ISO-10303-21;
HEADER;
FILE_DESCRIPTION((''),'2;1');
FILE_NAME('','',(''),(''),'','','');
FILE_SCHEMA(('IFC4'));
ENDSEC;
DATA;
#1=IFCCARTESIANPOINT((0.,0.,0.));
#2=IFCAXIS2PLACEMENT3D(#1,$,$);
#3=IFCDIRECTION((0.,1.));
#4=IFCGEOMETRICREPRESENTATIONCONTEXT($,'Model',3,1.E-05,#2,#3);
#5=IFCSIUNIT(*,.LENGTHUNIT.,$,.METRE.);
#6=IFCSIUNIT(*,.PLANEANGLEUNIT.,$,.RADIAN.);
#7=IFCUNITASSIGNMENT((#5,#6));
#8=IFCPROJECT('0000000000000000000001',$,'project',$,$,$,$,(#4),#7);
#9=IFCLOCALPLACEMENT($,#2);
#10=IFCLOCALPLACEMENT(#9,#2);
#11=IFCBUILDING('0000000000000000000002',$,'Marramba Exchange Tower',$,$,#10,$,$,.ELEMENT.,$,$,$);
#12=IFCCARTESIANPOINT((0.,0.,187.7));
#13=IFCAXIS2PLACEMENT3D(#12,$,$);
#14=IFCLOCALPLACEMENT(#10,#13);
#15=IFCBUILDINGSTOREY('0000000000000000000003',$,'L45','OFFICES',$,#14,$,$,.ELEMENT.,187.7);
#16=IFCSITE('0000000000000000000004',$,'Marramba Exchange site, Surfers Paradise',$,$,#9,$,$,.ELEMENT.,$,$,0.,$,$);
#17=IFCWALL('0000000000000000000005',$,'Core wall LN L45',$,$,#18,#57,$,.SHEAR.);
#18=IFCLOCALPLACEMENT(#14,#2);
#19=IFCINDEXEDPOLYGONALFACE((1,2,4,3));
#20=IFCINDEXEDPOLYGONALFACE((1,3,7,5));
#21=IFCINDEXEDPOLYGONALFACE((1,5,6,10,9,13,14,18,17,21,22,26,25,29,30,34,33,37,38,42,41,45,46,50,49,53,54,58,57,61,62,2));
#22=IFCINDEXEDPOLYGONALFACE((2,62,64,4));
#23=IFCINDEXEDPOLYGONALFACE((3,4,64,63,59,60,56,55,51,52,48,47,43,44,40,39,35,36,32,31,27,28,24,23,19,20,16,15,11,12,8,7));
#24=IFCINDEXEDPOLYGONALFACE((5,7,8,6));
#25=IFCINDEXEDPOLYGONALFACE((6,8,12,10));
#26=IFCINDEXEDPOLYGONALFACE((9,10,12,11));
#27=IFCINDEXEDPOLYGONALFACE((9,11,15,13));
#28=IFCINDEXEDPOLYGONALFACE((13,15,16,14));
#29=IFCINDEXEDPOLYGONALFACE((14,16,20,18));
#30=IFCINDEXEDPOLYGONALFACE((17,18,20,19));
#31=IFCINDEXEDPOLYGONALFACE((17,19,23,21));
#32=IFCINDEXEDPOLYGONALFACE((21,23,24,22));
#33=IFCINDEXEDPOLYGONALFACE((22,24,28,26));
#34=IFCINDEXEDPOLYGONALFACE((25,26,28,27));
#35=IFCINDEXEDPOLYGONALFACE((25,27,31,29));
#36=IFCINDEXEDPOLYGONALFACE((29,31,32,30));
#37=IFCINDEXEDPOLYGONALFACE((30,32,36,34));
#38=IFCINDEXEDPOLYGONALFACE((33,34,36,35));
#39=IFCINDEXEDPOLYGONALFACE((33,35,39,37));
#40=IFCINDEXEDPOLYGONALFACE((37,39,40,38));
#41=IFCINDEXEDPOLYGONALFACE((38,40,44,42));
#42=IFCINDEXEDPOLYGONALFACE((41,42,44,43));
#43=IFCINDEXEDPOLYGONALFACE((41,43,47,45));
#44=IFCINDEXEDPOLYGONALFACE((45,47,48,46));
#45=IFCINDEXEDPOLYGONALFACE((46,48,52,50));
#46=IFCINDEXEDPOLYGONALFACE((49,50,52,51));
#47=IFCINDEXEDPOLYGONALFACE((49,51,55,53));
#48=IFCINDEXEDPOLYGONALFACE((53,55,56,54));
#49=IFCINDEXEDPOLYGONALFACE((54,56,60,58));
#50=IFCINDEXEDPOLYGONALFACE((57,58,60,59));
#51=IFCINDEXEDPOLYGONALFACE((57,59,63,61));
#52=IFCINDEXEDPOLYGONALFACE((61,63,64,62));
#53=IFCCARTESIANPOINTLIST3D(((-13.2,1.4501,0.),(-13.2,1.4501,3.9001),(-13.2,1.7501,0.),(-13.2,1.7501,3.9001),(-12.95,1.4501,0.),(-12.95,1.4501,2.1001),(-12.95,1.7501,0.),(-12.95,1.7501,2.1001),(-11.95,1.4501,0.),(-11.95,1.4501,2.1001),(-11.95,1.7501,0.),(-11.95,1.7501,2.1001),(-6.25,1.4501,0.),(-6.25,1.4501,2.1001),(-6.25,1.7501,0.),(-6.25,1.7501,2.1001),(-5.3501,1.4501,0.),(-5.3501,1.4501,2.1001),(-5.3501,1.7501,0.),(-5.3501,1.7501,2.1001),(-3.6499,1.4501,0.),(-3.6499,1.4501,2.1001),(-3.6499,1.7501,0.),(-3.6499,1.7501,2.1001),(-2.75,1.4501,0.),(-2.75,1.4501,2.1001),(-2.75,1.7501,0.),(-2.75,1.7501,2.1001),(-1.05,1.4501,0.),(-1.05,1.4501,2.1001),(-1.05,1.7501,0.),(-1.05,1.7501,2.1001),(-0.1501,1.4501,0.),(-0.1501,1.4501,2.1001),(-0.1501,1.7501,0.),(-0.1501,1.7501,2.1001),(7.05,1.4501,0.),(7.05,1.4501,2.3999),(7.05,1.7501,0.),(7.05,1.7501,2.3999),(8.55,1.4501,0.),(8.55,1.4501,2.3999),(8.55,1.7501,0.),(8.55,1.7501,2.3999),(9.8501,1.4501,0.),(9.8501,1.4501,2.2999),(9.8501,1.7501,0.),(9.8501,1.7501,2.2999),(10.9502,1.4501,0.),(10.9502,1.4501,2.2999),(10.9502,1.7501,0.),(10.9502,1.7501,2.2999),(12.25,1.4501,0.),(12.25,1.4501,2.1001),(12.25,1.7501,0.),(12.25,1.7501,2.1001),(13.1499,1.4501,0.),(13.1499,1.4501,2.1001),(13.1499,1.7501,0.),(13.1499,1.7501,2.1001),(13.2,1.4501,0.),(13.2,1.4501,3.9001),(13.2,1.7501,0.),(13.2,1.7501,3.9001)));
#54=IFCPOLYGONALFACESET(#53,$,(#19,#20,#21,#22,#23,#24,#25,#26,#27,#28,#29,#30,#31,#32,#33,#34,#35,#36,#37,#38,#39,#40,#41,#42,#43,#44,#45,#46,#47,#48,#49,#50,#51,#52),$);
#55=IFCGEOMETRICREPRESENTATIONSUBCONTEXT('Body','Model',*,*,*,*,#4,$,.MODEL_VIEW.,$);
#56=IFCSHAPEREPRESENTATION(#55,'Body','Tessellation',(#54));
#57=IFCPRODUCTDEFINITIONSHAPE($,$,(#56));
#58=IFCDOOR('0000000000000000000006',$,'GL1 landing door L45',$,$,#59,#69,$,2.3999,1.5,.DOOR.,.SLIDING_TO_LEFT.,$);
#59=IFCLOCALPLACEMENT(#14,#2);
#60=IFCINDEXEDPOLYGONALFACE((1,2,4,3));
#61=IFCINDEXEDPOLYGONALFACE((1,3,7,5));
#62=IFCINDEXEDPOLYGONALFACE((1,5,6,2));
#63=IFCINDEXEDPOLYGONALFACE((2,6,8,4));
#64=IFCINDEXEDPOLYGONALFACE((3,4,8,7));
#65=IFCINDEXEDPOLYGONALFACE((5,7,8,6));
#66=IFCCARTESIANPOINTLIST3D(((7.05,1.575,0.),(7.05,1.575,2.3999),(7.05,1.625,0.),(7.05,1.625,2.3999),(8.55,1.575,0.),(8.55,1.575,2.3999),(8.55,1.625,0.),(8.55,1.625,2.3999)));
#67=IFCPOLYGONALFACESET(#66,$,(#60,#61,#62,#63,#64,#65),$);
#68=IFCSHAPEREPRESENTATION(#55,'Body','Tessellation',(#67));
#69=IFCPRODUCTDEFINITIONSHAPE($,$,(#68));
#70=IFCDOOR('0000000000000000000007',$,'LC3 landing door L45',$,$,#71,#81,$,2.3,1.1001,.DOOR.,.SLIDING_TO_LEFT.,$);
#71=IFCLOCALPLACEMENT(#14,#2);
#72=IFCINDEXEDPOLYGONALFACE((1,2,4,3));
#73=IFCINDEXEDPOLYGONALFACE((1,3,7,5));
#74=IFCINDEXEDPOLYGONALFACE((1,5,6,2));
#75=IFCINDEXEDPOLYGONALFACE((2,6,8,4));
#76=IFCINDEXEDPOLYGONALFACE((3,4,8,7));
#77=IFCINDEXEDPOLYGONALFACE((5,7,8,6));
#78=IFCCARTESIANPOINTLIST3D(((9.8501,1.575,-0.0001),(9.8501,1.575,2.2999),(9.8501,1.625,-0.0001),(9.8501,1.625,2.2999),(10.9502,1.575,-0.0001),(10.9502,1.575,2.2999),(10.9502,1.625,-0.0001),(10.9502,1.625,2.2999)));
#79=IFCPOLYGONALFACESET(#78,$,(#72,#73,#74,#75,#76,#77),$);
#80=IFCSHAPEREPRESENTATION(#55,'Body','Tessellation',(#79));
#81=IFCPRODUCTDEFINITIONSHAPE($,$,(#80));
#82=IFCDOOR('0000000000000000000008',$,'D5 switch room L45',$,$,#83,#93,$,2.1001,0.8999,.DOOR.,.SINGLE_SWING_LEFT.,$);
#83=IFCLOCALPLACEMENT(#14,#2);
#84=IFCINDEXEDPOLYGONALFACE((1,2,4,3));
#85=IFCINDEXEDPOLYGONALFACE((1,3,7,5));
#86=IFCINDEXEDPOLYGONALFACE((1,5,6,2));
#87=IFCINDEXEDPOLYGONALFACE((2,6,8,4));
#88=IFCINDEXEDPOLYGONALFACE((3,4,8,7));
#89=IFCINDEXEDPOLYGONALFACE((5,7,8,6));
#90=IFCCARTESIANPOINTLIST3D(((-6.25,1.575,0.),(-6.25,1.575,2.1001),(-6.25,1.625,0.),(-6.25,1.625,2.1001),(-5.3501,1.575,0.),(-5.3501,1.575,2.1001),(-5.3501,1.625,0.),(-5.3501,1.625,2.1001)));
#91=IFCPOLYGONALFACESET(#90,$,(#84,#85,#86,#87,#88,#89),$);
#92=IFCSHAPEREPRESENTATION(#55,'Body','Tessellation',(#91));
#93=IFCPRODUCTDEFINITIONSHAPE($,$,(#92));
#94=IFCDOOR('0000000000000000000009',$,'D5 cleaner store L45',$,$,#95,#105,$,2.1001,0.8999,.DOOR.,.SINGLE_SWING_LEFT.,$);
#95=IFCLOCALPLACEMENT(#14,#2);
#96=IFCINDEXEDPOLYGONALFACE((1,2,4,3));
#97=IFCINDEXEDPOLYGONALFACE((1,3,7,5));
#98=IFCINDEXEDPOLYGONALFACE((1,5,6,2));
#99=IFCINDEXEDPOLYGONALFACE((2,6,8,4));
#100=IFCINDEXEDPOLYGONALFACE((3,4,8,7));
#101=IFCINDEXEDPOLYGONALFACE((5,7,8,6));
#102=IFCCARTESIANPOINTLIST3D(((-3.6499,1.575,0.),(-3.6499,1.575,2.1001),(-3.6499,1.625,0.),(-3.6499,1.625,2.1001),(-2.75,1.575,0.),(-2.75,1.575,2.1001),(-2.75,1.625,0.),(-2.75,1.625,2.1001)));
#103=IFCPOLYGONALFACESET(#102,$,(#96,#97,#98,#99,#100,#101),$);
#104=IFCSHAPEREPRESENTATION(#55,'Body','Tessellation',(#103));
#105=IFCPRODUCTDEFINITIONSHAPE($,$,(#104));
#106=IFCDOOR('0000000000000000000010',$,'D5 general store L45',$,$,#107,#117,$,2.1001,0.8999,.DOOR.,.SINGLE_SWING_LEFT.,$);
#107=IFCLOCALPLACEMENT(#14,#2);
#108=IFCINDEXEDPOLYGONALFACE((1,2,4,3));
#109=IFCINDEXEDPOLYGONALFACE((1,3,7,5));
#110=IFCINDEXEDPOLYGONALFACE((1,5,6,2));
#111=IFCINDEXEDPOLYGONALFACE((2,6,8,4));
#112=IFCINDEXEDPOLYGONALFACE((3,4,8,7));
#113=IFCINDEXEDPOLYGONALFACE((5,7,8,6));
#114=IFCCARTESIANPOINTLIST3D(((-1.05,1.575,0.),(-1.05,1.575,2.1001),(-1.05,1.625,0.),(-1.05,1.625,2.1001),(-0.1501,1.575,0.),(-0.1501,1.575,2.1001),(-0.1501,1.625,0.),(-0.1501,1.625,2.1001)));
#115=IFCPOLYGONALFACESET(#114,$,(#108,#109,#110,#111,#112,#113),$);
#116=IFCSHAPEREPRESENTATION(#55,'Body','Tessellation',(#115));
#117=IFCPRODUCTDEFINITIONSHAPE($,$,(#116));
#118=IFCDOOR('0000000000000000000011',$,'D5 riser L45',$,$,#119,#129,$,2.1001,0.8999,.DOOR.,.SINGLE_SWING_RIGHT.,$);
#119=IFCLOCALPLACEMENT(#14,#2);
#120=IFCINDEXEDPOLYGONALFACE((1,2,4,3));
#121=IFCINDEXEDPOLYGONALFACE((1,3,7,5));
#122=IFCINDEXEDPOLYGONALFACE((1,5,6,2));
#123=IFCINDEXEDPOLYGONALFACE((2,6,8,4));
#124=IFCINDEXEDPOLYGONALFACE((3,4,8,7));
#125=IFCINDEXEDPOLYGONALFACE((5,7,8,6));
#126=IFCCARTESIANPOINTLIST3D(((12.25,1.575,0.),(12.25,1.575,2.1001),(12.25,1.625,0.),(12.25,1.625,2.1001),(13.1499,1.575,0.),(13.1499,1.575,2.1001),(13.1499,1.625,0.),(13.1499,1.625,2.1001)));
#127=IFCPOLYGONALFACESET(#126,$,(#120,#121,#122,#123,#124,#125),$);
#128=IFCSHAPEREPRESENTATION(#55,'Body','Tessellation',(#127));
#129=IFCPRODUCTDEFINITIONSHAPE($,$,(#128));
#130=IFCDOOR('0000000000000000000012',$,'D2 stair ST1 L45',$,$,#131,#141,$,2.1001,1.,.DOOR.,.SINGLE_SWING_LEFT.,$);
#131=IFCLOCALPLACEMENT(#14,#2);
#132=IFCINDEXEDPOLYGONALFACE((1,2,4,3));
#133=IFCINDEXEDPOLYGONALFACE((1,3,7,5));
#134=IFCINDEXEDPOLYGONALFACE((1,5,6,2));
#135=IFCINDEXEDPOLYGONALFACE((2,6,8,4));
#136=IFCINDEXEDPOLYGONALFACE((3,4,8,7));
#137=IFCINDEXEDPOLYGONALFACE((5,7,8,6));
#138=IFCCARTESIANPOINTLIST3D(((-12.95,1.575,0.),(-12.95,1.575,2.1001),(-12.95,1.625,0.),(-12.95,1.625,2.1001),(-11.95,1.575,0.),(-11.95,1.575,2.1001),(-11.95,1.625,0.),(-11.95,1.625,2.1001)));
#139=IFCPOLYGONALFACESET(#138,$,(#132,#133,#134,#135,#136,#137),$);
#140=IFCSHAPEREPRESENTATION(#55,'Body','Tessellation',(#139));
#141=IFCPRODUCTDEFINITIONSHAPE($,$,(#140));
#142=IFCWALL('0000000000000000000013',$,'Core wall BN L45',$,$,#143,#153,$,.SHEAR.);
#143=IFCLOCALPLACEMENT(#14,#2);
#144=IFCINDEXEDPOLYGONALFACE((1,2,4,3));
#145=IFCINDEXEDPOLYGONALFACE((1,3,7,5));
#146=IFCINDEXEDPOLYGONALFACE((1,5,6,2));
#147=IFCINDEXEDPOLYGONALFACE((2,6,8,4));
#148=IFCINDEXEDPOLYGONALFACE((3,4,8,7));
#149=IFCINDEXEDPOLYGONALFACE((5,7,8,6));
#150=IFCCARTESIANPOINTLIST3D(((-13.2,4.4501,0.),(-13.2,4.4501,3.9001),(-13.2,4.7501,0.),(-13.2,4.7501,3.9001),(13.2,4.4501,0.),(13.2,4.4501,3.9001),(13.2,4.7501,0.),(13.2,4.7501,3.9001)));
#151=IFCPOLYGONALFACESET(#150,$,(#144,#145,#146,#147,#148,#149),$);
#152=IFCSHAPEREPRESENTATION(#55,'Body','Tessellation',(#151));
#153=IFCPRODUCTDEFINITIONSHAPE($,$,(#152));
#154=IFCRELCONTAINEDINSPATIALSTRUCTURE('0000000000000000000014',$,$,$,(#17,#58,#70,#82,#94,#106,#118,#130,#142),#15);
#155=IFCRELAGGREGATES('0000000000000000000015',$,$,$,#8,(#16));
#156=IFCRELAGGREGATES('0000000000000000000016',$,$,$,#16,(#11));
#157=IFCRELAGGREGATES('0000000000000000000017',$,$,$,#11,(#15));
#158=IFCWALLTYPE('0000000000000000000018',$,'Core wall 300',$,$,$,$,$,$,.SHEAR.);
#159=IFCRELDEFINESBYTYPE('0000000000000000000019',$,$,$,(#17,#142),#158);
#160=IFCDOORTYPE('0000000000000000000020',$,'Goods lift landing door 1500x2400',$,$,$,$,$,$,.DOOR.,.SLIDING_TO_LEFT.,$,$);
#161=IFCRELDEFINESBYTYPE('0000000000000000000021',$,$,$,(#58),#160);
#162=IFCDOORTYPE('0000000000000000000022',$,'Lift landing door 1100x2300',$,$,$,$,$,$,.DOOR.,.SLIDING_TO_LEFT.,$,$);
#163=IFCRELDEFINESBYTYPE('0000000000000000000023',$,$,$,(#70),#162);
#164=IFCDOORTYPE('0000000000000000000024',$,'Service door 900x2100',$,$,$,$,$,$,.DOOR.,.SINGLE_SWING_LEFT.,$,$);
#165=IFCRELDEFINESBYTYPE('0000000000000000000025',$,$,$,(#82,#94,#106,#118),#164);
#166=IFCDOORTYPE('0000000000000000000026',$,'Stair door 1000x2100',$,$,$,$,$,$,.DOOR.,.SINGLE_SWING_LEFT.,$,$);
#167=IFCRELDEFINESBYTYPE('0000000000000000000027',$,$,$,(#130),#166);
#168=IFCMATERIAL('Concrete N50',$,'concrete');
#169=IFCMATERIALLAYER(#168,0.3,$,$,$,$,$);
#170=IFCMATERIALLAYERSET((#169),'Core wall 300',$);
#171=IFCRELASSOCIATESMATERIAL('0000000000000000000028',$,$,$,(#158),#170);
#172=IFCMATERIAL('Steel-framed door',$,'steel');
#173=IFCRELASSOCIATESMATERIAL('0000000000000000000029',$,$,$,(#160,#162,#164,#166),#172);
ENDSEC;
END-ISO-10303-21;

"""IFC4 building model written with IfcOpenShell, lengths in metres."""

from ifc_helpers import new_model, si_unit, direction, frame, frame_2d, origin, place, context, subcontext, project, spatial, rectangle, extrude, material, layer, layer_set, type_object, element, fill, save


model = new_model("IFC4")

# Units and contexts
model_context = context("Model", 3, precision=1e-05, world=origin(), true_north=direction((0.0, 1.0)))
body_context = subcontext(model_context, "Body", "Model", "MODEL_VIEW")
ifc_project = project(units=[si_unit("LENGTHUNIT", "METRE"), si_unit("PLANEANGLEUNIT", "RADIAN")], contexts=[model_context])

# Site, building, storey
site_placement = place(None, origin())
site = spatial("IfcSite", under=ifc_project, at=site_placement, Name="Marramba Exchange site, Surfers Paradise", CompositionType="ELEMENT", RefElevation=0.0)
building_placement = place(site_placement, origin())
building = spatial("IfcBuilding", under=site, at=building_placement, Name="Marramba Exchange Tower", CompositionType="ELEMENT")
storey_placement = place(building_placement, frame((0.0, 0.0, 187.7)))
storey = spatial("IfcBuildingStorey", under=building, at=storey_placement, Name="L45", Description="OFFICES", CompositionType="ELEMENT", Elevation=187.7)

# Shared definitions
ifc_material_1 = material(Name="Concrete N50", Category="concrete")

# Shared definitions
ifc_material_2 = material(Name="Steel-framed door", Category="steel")

# Wall, openings, doors
ifc_layer_1 = layer(ifc_material_1, 0.3)
ifc_layer_set_1 = layer_set([ifc_layer_1], Name="Core wall 300")
wall_type_1 = type_object("IfcWallType", Name="Core wall 300", PredefinedType="SHEAR", material=ifc_layer_set_1)
wall_1_placement = place(storey_placement, frame((-13.2, 1.6001, 0.0), z_axis=(0.0, 0.0, 1.0), x_axis=(1.0, 0.0, 0.0)))
wall_1 = element("IfcWall", 1, at=wall_1_placement, inside=storey, type_object=wall_type_1, Name="Core wall LN L45", PredefinedType="SHEAR", context=body_context, shape_type="SweptSolid", body=[
    extrude(rectangle(XDim=26.3999, YDim=0.3, at=frame_2d((13.2, 0.0))), origin(), (0.0, 0.0, 1.0), 3.9001),
])
opening_1_placement = place(wall_1_placement, frame((0.25, 0.0, 0.0)))
opening_1 = element("IfcOpeningElement", 2, at=opening_1_placement, cuts=wall_1, PredefinedType="OPENING", context=body_context, shape_type="SweptSolid", body=[
    extrude(rectangle(XDim=1.0, YDim=2.1001, at=frame_2d((0.5, 1.05))), frame((0.0, 0.1599, 0.0), z_axis=(0.0, -1.0, 0.0), x_axis=(1.0, 0.0, 0.0)), (0.0, 0.0, 1.0), 0.3201),
])
opening_2_placement = place(wall_1_placement, frame((23.05, 0.0, 0.0)))
opening_2 = element("IfcOpeningElement", 3, at=opening_2_placement, cuts=wall_1, PredefinedType="OPENING", context=body_context, shape_type="SweptSolid", body=[
    extrude(rectangle(XDim=1.1001, YDim=2.3, at=frame_2d((0.55, 1.1499))), frame((0.0, 0.1599, 0.0), z_axis=(0.0, -1.0, 0.0), x_axis=(1.0, 0.0, 0.0)), (0.0, 0.0, 1.0), 0.3201),
])
opening_3_placement = place(wall_1_placement, frame((20.25, 0.0, 0.0)))
opening_3 = element("IfcOpeningElement", 4, at=opening_3_placement, cuts=wall_1, PredefinedType="OPENING", context=body_context, shape_type="SweptSolid", body=[
    extrude(rectangle(XDim=1.5, YDim=2.3999, at=frame_2d((0.75, 1.2))), frame((0.0, 0.1599, 0.0), z_axis=(0.0, -1.0, 0.0), x_axis=(1.0, 0.0, 0.0)), (0.0, 0.0, 1.0), 0.3201),
])
opening_4_placement = place(wall_1_placement, frame((6.95, 0.0, 0.0)))
opening_4 = element("IfcOpeningElement", 5, at=opening_4_placement, cuts=wall_1, PredefinedType="OPENING", context=body_context, shape_type="SweptSolid", body=[
    extrude(rectangle(XDim=0.8999, YDim=2.1001, at=frame_2d((0.45, 1.05))), frame((0.0, 0.1599, 0.0), z_axis=(0.0, -1.0, 0.0), x_axis=(1.0, 0.0, 0.0)), (0.0, 0.0, 1.0), 0.3201),
])
opening_5_placement = place(wall_1_placement, frame((9.55, 0.0, 0.0)))
opening_5 = element("IfcOpeningElement", 6, at=opening_5_placement, cuts=wall_1, PredefinedType="OPENING", context=body_context, shape_type="SweptSolid", body=[
    extrude(rectangle(XDim=0.8999, YDim=2.1001, at=frame_2d((0.45, 1.05))), frame((0.0, 0.1599, 0.0), z_axis=(0.0, -1.0, 0.0), x_axis=(1.0, 0.0, 0.0)), (0.0, 0.0, 1.0), 0.3201),
])
opening_6_placement = place(wall_1_placement, frame((12.1499, 0.0, 0.0)))
opening_6 = element("IfcOpeningElement", 7, at=opening_6_placement, cuts=wall_1, PredefinedType="OPENING", context=body_context, shape_type="SweptSolid", body=[
    extrude(rectangle(XDim=0.8999, YDim=2.1001, at=frame_2d((0.45, 1.05))), frame((0.0, 0.1599, 0.0), z_axis=(0.0, -1.0, 0.0), x_axis=(1.0, 0.0, 0.0)), (0.0, 0.0, 1.0), 0.3201),
])
opening_7_placement = place(wall_1_placement, frame((25.45, 0.0, 0.0)))
opening_7 = element("IfcOpeningElement", 8, at=opening_7_placement, cuts=wall_1, PredefinedType="OPENING", context=body_context, shape_type="SweptSolid", body=[
    extrude(rectangle(XDim=0.8999, YDim=2.1001, at=frame_2d((0.45, 1.05))), frame((0.0, 0.1599, 0.0), z_axis=(0.0, -1.0, 0.0), x_axis=(1.0, 0.0, 0.0)), (0.0, 0.0, 1.0), 0.3201),
])
door_type_1 = type_object("IfcDoorType", Name="Goods lift landing door 1500x2400", OperationType="SLIDING_TO_LEFT", PredefinedType="DOOR", material=ifc_material_2)
door_1_placement = place(opening_3_placement, origin())
door_1 = element("IfcDoor", 9, at=door_1_placement, inside=storey, type_object=door_type_1, Name="GL1 landing door L45", OperationType="SLIDING_TO_LEFT", OverallHeight=2.3999, OverallWidth=1.5, PredefinedType="DOOR", context=body_context, shape_type="SweptSolid", body=[
    extrude(rectangle(XDim=1.5, YDim=2.3999, at=frame_2d((0.75, 1.2))), frame((0.0, 0.0249, 0.0), z_axis=(0.0, -1.0, 0.0), x_axis=(1.0, 0.0, 0.0)), (0.0, 0.0, 1.0), 0.05),
])
fill(opening_3, door_1)
door_type_2 = type_object("IfcDoorType", Name="Lift landing door 1100x2300", OperationType="SLIDING_TO_LEFT", PredefinedType="DOOR", material=ifc_material_2)
door_2_placement = place(opening_2_placement, origin())
door_2 = element("IfcDoor", 10, at=door_2_placement, inside=storey, type_object=door_type_2, Name="LC3 landing door L45", OperationType="SLIDING_TO_LEFT", OverallHeight=2.3, OverallWidth=1.1001, PredefinedType="DOOR", context=body_context, shape_type="SweptSolid", body=[
    extrude(rectangle(XDim=1.1001, YDim=2.3, at=frame_2d((0.55, 1.1499))), frame((0.0, 0.0249, 0.0), z_axis=(0.0, -1.0, 0.0), x_axis=(1.0, 0.0, 0.0)), (0.0, 0.0, 1.0), 0.05),
])
fill(opening_2, door_2)
door_type_3 = type_object("IfcDoorType", Name="Service door 900x2100", OperationType="SINGLE_SWING_LEFT", PredefinedType="DOOR", material=ifc_material_2)
door_3_placement = place(opening_4_placement, origin())
door_3 = element("IfcDoor", 11, at=door_3_placement, inside=storey, type_object=door_type_3, Name="D5 switch room L45", OperationType="SINGLE_SWING_LEFT", OverallHeight=2.1001, OverallWidth=0.8999, PredefinedType="DOOR", context=body_context, shape_type="SweptSolid", body=[
    extrude(rectangle(XDim=0.8999, YDim=2.1001, at=frame_2d((0.45, 1.05))), frame((0.0, 0.0249, 0.0), z_axis=(0.0, -1.0, 0.0), x_axis=(1.0, 0.0, 0.0)), (0.0, 0.0, 1.0), 0.05),
])
fill(opening_4, door_3)
door_4_placement = place(opening_5_placement, origin())
door_4 = element("IfcDoor", 12, at=door_4_placement, inside=storey, type_object=door_type_3, Name="D5 cleaner store L45", OperationType="SINGLE_SWING_LEFT", OverallHeight=2.1001, OverallWidth=0.8999, PredefinedType="DOOR", context=body_context, shape_type="SweptSolid", body=[
    extrude(rectangle(XDim=0.8999, YDim=2.1001, at=frame_2d((0.45, 1.05))), frame((0.0, 0.0249, 0.0), z_axis=(0.0, -1.0, 0.0), x_axis=(1.0, 0.0, 0.0)), (0.0, 0.0, 1.0), 0.05),
])
fill(opening_5, door_4)
door_5_placement = place(opening_6_placement, origin())
door_5 = element("IfcDoor", 13, at=door_5_placement, inside=storey, type_object=door_type_3, Name="D5 general store L45", OperationType="SINGLE_SWING_LEFT", OverallHeight=2.1001, OverallWidth=0.8999, PredefinedType="DOOR", context=body_context, shape_type="SweptSolid", body=[
    extrude(rectangle(XDim=0.8999, YDim=2.1001, at=frame_2d((0.45, 1.05))), frame((0.0, 0.0249, 0.0), z_axis=(0.0, -1.0, 0.0), x_axis=(1.0, 0.0, 0.0)), (0.0, 0.0, 1.0), 0.05),
])
fill(opening_6, door_5)
door_6_placement = place(opening_7_placement, origin())
door_6 = element("IfcDoor", 14, at=door_6_placement, inside=storey, type_object=door_type_3, Name="D5 riser L45", OperationType="SINGLE_SWING_RIGHT", OverallHeight=2.1001, OverallWidth=0.8999, PredefinedType="DOOR", context=body_context, shape_type="SweptSolid", body=[
    extrude(rectangle(XDim=0.8999, YDim=2.1001, at=frame_2d((0.45, 1.05))), frame((0.0, 0.0249, 0.0), z_axis=(0.0, -1.0, 0.0), x_axis=(1.0, 0.0, 0.0)), (0.0, 0.0, 1.0), 0.05),
])
fill(opening_7, door_6)
door_type_4 = type_object("IfcDoorType", Name="Stair door 1000x2100", OperationType="SINGLE_SWING_LEFT", PredefinedType="DOOR", material=ifc_material_2)
door_7_placement = place(opening_1_placement, origin())
door_7 = element("IfcDoor", 15, at=door_7_placement, inside=storey, type_object=door_type_4, Name="D2 stair ST1 L45", OperationType="SINGLE_SWING_LEFT", OverallHeight=2.1001, OverallWidth=1.0, PredefinedType="DOOR", context=body_context, shape_type="SweptSolid", body=[
    extrude(rectangle(XDim=1.0, YDim=2.1001, at=frame_2d((0.5, 1.05))), frame((0.0, 0.0249, 0.0), z_axis=(0.0, -1.0, 0.0), x_axis=(1.0, 0.0, 0.0)), (0.0, 0.0, 1.0), 0.05),
])
fill(opening_1, door_7)

# Wall
wall_2_placement = place(storey_placement, frame((-13.2, 4.6001, 0.0), z_axis=(0.0, 0.0, 1.0), x_axis=(1.0, 0.0, 0.0)))
element("IfcWall", 16, at=wall_2_placement, inside=storey, type_object=wall_type_1, Name="Core wall BN L45", PredefinedType="SHEAR", context=body_context, shape_type="SweptSolid", body=[
    extrude(rectangle(XDim=26.3999, YDim=0.3, at=frame_2d((13.2, 0.0))), origin(), (0.0, 0.0, 1.0), 3.9001),
])

save(model, "model.ifc")
